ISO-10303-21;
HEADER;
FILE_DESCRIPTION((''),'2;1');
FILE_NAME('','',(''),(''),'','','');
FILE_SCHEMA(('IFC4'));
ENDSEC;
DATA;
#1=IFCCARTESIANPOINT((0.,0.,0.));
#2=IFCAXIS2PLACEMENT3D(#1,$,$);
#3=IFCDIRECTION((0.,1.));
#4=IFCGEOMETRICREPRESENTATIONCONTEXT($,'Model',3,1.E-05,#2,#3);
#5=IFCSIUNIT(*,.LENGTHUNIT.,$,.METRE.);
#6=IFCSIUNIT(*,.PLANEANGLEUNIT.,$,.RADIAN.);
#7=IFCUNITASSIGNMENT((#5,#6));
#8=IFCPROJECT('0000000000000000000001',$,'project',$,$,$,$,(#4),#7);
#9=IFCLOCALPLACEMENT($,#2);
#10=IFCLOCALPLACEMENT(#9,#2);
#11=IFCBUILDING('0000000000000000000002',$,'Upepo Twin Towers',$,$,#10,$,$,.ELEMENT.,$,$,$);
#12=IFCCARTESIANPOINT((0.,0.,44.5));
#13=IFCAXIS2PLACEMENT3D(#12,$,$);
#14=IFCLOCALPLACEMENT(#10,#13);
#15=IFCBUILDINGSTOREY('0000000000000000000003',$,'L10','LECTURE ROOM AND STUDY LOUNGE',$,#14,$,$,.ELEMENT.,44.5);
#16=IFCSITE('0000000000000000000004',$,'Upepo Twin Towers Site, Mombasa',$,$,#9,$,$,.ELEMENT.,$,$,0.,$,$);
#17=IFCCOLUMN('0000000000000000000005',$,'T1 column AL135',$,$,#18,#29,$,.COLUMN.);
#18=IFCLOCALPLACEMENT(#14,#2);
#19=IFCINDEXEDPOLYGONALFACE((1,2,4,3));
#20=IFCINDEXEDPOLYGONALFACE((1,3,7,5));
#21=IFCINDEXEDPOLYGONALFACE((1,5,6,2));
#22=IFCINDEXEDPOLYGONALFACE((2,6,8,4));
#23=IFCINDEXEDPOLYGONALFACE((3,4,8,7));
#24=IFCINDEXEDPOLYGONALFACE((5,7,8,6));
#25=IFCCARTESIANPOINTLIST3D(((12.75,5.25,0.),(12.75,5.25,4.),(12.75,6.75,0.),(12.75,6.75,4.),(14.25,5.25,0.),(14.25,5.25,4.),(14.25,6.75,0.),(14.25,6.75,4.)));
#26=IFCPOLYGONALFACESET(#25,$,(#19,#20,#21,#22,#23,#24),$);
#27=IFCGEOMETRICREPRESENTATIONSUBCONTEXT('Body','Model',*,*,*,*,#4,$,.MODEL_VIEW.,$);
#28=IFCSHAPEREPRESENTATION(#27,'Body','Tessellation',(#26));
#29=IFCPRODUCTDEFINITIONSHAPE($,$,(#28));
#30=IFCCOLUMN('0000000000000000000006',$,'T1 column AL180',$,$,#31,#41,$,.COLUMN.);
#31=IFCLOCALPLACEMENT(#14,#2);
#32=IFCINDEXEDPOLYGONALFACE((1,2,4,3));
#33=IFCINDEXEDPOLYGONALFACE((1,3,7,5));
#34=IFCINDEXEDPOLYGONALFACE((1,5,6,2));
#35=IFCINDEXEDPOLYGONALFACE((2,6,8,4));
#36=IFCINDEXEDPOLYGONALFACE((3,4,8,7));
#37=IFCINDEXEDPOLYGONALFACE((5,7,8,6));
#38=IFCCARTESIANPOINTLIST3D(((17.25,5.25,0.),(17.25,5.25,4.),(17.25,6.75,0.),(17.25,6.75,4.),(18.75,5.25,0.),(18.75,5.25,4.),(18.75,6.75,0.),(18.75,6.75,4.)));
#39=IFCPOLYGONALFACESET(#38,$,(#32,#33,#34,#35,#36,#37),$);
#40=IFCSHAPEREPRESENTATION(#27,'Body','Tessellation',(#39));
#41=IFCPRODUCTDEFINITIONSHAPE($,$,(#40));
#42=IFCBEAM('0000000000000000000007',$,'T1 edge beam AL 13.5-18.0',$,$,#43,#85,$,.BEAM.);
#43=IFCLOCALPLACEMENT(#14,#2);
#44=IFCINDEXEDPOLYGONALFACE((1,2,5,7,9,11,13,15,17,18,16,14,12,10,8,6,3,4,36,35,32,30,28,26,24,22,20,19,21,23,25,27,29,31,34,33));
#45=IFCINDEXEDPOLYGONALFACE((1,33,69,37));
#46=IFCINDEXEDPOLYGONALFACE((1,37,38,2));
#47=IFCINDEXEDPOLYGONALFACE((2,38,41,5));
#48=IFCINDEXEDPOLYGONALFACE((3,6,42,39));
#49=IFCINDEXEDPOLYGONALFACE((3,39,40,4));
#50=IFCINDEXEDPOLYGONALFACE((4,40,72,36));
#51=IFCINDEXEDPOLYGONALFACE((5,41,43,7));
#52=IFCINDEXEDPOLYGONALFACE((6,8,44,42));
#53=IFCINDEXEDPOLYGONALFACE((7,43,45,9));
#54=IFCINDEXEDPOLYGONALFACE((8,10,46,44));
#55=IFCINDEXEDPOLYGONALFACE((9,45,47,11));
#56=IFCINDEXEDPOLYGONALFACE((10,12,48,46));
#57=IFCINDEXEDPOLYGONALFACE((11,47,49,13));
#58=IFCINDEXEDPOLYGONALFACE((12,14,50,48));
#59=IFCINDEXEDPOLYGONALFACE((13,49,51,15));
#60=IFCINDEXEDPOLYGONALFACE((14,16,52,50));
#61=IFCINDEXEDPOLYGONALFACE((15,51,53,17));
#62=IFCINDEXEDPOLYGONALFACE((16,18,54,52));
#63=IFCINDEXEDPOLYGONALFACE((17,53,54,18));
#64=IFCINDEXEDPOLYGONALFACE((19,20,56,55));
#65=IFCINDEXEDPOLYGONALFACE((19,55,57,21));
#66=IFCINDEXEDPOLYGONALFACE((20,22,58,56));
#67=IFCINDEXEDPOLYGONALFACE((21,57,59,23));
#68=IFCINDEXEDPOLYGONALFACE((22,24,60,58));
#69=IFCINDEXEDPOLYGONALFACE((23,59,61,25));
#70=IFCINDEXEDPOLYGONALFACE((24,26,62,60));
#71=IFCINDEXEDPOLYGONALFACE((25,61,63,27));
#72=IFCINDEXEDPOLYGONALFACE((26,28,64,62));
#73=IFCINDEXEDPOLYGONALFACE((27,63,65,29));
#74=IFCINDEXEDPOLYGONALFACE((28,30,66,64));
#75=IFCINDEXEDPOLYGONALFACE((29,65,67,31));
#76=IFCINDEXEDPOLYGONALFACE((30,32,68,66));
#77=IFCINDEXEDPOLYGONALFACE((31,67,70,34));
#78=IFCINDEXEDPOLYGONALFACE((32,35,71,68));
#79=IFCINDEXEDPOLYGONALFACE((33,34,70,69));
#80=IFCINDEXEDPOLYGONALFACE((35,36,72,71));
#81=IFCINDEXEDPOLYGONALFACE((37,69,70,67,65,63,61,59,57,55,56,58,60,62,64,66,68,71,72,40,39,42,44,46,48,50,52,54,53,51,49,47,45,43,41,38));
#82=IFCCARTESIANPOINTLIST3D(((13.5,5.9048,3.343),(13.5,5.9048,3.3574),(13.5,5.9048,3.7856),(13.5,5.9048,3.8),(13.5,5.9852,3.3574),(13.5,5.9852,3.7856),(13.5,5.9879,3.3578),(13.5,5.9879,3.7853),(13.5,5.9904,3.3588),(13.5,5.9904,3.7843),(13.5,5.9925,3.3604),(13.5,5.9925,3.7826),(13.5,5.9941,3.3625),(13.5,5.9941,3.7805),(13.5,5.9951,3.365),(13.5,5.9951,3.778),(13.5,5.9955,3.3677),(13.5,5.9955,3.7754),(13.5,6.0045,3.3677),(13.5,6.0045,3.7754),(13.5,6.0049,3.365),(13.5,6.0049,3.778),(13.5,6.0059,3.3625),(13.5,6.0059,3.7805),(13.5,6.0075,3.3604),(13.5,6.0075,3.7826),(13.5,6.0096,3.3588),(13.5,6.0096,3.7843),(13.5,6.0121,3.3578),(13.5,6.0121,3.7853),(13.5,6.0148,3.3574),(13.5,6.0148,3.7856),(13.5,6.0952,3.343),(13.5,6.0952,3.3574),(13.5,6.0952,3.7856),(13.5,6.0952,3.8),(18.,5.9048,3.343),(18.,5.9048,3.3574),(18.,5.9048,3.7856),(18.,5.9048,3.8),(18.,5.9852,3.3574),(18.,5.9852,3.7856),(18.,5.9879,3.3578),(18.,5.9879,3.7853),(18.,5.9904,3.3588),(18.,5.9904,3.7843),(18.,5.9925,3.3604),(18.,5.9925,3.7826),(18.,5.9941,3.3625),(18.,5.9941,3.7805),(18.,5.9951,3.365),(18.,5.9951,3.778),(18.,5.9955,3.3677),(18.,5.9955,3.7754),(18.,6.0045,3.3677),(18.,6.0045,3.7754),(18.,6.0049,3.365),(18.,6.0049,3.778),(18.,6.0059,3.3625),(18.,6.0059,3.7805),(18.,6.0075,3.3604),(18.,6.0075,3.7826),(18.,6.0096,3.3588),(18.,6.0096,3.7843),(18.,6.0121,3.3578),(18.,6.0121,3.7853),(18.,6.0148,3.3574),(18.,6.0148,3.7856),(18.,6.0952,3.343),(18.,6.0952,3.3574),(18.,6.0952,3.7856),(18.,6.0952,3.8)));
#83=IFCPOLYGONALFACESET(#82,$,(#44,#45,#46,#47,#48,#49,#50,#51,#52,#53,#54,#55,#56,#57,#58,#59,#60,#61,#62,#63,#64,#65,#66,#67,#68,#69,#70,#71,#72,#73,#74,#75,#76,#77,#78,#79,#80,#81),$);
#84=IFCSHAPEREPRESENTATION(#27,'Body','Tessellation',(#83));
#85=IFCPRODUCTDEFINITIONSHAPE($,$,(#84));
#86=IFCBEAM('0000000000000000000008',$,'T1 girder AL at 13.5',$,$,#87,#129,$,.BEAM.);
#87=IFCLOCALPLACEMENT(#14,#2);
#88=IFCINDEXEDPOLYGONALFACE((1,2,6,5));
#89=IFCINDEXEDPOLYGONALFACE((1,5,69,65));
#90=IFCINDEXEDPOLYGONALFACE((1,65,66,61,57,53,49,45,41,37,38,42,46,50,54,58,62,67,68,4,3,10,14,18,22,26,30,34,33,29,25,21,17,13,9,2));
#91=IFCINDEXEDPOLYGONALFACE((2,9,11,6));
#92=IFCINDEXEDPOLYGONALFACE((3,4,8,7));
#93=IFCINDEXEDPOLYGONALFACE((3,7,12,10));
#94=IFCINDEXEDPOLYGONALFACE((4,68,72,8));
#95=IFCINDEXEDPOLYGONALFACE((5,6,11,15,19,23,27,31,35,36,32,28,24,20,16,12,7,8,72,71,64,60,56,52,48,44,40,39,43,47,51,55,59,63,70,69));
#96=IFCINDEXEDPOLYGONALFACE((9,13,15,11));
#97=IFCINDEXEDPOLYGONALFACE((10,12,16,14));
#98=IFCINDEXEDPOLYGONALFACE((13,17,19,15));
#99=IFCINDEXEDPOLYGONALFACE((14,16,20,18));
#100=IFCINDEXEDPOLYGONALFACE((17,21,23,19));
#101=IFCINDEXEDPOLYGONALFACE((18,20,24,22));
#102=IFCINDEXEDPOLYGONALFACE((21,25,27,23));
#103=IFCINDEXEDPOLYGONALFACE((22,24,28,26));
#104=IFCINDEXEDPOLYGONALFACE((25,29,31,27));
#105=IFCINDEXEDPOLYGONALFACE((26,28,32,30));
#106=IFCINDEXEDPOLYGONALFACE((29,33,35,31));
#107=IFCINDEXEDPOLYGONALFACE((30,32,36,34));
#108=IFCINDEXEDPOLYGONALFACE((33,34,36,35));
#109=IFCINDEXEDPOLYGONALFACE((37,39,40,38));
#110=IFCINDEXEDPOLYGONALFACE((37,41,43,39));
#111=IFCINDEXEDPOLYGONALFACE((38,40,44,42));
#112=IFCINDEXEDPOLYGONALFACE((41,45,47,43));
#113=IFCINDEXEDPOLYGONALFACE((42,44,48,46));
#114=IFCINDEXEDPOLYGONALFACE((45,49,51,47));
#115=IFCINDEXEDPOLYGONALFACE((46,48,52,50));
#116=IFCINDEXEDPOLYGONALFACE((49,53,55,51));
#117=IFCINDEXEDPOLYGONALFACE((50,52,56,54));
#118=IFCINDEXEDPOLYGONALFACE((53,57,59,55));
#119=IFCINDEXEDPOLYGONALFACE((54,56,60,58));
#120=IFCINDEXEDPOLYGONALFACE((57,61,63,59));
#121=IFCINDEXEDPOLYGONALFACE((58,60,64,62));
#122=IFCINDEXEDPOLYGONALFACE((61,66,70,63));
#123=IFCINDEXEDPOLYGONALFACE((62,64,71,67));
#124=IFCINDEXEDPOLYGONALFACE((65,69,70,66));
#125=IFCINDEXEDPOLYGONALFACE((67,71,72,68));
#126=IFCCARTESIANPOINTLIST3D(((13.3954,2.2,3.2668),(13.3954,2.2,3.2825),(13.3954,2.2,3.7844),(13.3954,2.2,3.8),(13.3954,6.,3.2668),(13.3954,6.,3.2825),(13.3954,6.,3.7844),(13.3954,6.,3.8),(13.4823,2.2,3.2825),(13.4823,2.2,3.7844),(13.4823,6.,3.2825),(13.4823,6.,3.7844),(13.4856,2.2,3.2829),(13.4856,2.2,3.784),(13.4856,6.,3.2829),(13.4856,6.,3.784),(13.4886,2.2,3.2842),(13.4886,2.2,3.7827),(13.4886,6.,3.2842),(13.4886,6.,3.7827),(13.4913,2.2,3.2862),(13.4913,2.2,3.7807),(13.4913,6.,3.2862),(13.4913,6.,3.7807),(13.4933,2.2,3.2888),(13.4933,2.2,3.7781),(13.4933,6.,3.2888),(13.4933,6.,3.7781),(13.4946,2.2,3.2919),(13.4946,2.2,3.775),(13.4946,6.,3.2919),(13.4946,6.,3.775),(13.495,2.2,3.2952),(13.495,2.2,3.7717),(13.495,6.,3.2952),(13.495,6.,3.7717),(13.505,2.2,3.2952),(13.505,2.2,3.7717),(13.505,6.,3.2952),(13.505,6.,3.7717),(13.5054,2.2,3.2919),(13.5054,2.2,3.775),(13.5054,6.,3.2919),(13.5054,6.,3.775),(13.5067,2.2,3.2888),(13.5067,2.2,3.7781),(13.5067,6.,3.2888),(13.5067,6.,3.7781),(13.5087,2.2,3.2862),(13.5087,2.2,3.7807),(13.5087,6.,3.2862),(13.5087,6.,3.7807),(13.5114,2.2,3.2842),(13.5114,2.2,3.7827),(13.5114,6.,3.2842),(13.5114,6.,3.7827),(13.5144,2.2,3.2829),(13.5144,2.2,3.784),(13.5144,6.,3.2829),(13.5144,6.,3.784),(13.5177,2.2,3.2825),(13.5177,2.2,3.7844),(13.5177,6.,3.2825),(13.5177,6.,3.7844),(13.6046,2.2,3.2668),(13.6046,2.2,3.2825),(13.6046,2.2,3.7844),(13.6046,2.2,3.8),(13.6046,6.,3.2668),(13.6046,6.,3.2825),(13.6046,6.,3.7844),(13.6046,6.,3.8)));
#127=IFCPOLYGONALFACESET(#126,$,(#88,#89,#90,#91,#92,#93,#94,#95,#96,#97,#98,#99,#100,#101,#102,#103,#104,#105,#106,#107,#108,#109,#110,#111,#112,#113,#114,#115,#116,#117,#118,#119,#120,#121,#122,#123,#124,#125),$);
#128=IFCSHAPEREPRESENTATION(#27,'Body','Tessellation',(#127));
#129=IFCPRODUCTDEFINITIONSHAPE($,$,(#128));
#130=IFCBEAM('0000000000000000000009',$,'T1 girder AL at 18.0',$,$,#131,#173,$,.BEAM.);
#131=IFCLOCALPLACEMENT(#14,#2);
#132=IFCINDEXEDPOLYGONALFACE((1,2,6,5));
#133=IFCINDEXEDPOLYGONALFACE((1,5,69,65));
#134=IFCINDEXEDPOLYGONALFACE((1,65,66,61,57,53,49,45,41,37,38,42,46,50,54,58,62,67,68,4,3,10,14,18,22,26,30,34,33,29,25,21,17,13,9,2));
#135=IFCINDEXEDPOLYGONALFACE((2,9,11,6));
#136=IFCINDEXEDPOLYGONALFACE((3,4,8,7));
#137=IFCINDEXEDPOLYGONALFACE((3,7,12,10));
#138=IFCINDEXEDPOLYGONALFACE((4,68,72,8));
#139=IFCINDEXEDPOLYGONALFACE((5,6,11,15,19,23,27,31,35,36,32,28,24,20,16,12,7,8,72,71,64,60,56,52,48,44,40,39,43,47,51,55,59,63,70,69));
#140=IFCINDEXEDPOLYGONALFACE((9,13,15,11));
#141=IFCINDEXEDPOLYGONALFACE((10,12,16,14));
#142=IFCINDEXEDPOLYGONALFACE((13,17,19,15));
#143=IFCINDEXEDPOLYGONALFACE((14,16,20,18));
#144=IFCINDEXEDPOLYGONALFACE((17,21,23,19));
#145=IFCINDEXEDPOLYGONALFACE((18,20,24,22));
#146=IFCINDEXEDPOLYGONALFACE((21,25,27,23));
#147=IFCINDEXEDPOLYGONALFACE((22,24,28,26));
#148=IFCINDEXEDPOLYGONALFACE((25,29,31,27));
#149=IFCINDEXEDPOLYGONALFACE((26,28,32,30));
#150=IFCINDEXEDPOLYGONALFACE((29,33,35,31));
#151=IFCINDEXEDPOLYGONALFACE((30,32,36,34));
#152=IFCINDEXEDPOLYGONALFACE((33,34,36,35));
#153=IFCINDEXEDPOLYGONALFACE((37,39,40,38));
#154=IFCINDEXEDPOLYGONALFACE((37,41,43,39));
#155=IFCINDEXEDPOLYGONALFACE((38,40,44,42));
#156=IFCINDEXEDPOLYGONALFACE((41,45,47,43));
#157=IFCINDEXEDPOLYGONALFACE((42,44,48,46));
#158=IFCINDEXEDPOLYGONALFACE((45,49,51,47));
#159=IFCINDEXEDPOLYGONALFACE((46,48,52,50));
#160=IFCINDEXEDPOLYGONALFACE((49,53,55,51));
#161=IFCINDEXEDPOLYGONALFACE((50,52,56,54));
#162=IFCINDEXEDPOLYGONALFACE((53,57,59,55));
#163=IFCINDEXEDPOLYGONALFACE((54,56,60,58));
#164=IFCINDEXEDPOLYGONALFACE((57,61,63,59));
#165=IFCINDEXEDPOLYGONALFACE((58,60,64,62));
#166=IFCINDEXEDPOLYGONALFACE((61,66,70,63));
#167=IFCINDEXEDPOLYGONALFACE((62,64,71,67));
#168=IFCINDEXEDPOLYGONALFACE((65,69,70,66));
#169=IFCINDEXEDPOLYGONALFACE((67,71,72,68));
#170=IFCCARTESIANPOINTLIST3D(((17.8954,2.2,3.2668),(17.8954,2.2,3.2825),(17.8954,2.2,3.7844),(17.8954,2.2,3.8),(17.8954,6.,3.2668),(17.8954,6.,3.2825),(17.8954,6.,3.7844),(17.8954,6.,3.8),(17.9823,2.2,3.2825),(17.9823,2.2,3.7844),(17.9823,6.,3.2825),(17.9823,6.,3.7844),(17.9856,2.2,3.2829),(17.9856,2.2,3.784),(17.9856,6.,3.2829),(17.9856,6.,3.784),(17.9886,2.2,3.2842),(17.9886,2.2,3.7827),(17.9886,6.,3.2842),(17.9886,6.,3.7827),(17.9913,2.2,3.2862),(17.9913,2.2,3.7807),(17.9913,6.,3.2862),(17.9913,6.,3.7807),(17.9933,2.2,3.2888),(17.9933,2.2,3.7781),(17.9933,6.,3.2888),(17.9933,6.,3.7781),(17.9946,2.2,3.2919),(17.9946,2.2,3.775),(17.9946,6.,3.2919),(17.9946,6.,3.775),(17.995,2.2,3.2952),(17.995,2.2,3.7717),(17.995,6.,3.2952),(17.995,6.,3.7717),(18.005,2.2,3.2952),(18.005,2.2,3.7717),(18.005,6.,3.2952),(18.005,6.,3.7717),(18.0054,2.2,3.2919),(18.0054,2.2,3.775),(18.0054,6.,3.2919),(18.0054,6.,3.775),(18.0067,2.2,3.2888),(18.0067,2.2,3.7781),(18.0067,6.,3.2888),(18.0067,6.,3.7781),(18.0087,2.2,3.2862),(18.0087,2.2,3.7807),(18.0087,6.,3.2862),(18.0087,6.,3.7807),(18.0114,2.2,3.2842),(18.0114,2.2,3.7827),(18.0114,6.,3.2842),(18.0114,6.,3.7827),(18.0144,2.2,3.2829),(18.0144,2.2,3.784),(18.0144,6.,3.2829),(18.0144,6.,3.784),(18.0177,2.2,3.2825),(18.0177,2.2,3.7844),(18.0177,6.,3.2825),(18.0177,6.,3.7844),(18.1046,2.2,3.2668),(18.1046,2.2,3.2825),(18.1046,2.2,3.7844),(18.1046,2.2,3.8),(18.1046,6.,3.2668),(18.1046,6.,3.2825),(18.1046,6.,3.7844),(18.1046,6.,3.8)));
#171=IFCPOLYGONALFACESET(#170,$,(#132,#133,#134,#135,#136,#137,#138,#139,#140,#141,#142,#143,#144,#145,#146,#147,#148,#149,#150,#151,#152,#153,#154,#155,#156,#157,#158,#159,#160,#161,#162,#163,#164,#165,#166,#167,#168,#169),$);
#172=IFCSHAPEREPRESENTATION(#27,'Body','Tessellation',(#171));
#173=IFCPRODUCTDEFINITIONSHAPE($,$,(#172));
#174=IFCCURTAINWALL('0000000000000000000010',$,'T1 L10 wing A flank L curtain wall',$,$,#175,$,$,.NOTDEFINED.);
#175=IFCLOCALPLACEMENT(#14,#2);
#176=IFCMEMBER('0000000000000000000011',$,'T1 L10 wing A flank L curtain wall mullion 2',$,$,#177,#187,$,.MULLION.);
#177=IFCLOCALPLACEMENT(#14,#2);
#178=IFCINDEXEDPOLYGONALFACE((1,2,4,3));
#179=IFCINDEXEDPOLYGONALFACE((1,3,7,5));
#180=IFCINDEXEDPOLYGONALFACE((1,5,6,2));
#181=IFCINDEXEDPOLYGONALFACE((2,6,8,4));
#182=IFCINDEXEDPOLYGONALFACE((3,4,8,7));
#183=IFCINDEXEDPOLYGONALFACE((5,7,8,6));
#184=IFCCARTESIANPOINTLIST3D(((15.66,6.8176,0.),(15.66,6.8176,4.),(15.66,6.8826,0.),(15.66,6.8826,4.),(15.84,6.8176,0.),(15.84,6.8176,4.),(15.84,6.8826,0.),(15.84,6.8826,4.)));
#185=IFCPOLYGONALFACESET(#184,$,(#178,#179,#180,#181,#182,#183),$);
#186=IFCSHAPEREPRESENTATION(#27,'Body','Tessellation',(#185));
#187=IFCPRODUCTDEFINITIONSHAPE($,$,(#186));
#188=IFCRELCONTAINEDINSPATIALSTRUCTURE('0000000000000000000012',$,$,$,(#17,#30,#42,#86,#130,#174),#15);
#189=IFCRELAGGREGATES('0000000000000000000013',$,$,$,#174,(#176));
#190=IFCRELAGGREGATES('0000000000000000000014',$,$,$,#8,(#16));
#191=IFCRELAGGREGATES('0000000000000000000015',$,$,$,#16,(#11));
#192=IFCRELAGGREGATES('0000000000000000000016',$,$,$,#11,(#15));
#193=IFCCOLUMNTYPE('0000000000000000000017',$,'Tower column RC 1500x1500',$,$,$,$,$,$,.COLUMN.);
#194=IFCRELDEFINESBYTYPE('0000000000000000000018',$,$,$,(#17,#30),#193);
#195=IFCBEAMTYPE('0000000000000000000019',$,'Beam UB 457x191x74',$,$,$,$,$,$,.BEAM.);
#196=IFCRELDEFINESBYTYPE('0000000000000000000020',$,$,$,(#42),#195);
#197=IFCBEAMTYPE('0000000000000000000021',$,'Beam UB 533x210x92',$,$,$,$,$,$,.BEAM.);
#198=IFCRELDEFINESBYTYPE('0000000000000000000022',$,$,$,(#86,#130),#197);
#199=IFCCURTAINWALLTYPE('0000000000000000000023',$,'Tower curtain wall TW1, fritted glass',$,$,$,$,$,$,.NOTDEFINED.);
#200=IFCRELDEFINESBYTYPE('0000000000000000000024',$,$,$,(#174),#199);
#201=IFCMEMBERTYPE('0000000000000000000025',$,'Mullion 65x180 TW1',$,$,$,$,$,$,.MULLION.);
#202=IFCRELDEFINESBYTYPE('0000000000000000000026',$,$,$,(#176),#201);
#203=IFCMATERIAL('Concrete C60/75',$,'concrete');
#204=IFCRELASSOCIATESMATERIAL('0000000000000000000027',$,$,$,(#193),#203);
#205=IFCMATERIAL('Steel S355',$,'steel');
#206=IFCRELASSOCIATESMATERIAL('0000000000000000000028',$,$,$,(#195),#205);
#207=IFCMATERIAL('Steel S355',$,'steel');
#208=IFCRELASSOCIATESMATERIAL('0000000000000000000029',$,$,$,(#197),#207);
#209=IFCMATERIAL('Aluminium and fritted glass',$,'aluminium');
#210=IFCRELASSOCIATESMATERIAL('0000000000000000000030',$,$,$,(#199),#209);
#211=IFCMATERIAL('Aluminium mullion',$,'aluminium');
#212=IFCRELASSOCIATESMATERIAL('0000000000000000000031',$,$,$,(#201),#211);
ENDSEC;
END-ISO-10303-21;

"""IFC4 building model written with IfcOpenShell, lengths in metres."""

from ifc_helpers import new_model, si_unit, direction, frame, origin, origin_2d, place, context, subcontext, project, spatial, rectangle, i_section, extrude, material, material_profile, profile_set, type_object, element, aggregate, save


model = new_model("IFC4")

# Units and contexts
model_context = context("Model", 3, precision=1e-05, world=origin(), true_north=direction((0.0, 1.0)))
body_context = subcontext(model_context, "Body", "Model", "MODEL_VIEW")
ifc_project = project(units=[si_unit("LENGTHUNIT", "METRE"), si_unit("PLANEANGLEUNIT", "RADIAN")], contexts=[model_context])

# Site, building, storey
site_placement = place(None, origin())
site = spatial("IfcSite", under=ifc_project, at=site_placement, Name="Upepo Twin Towers Site, Mombasa", CompositionType="ELEMENT", RefElevation=0.0)
building_placement = place(site_placement, origin())
building = spatial("IfcBuilding", under=site, at=building_placement, Name="Upepo Twin Towers", CompositionType="ELEMENT")
storey_placement = place(building_placement, frame((0.0, 0.0, 44.5)))
storey = spatial("IfcBuildingStorey", under=building, at=storey_placement, Name="L10", Description="LECTURE ROOM AND STUDY LOUNGE", CompositionType="ELEMENT", Elevation=44.5)

# Columns
ifc_material_1 = material(Name="Concrete C60/75", Category="concrete")
ifc_material_profile_1 = material_profile(ifc_material_1, rectangle(XDim=1.5, YDim=1.5, at=origin_2d()), Name="RC 1500x1500")
ifc_profile_set_1 = profile_set([ifc_material_profile_1], Name="Concrete C60/75")
column_type = type_object("IfcColumnType", Name="Tower column RC 1500x1500", PredefinedType="COLUMN", material=ifc_profile_set_1)
for number, where, z_axis, x_axis, name in (
    (1, (13.5, 6.0, 0.0), (0.0, 0.0, 1.0), (1.0, 0.0, 0.0), "T1 column AL135"),
    (2, (18.0, 6.0, 0.0), (0.0, 0.0, 1.0), (1.0, 0.0, 0.0), "T1 column AL180"),
):
    element("IfcColumn", number, at=place(storey_placement, frame(where, z_axis=z_axis, x_axis=x_axis)), inside=storey, type_object=column_type, Name=name, PredefinedType="COLUMN", context=body_context, shape_type="SweptSolid", body=[
        extrude(rectangle(XDim=1.5, YDim=1.5, at=origin_2d()), origin(), (0.0, 0.0, 1.0), 4.0),
    ])

# Beams
ifc_material_2 = material(Name="Steel S355", Category="steel")
ifc_material_profile_2 = material_profile(ifc_material_2, i_section(OverallWidth=0.1904, OverallDepth=0.457, WebThickness=0.009, FlangeThickness=0.0144, FilletRadius=0.0103, at=origin_2d()), Name="UB 457x191x74")
ifc_profile_set_2 = profile_set([ifc_material_profile_2], Name="Steel S355")
beam_type_1 = type_object("IfcBeamType", Name="Beam UB 457x191x74", PredefinedType="BEAM", material=ifc_profile_set_2)
beam_placement = place(storey_placement, frame((13.5, 6.0, 3.5715), z_axis=(1.0, 0.0, 0.0), x_axis=(0.0, 1.0, 0.0)))
element("IfcBeam", 3, at=beam_placement, inside=storey, type_object=beam_type_1, Name="T1 edge beam AL 13.5-18.0", PredefinedType="BEAM", context=body_context, shape_type="SweptSolid", body=[
    extrude(i_section(OverallWidth=0.1904, OverallDepth=0.457, WebThickness=0.009, FlangeThickness=0.0144, FilletRadius=0.0103, at=origin_2d()), origin(), (0.0, 0.0, 1.0), 4.5),
])
ifc_material_3 = material(Name="Steel S355", Category="steel")
ifc_material_profile_3 = material_profile(ifc_material_3, i_section(OverallWidth=0.2092, OverallDepth=0.5332, WebThickness=0.01, FlangeThickness=0.0156, FilletRadius=0.0127, at=origin_2d()), Name="UB 533x210x92")
ifc_profile_set_3 = profile_set([ifc_material_profile_3], Name="Steel S355")
beam_type_2 = type_object("IfcBeamType", Name="Beam UB 533x210x92", PredefinedType="BEAM", material=ifc_profile_set_3)
for number, where, z_axis, x_axis, name in (
    (4, (13.5, 6.0, 3.5334), (0.0, -1.0, 0.0), (1.0, 0.0, 0.0), "T1 girder AL at 13.5"),
    (5, (18.0, 6.0, 3.5334), (0.0, -1.0, 0.0), (1.0, 0.0, 0.0), "T1 girder AL at 18.0"),
):
    element("IfcBeam", number, at=place(storey_placement, frame(where, z_axis=z_axis, x_axis=x_axis)), inside=storey, type_object=beam_type_2, Name=name, PredefinedType="BEAM", context=body_context, shape_type="SweptSolid", body=[
        extrude(i_section(OverallWidth=0.2092, OverallDepth=0.5332, WebThickness=0.01, FlangeThickness=0.0156, FilletRadius=0.0127, at=origin_2d()), origin(), (0.0, 0.0, 1.0), 3.8),
    ])

# Curtain wall, member
ifc_material_4 = material(Name="Aluminium and fritted glass", Category="aluminium")
curtain_wall_type = type_object("IfcCurtainWallType", Name="Tower curtain wall TW1, fritted glass", PredefinedType="NOTDEFINED", material=ifc_material_4)
curtain_wall_placement = place(storey_placement, origin())
curtain_wall = element("IfcCurtainWall", 6, at=curtain_wall_placement, inside=storey, type_object=curtain_wall_type, Name="T1 L10 wing A flank L curtain wall", PredefinedType="NOTDEFINED")
ifc_material_5 = material(Name="Aluminium mullion", Category="aluminium")
ifc_material_profile_4 = material_profile(ifc_material_5, rectangle(XDim=0.0649, YDim=0.1799, at=origin_2d()), Name="MULLION 65x180")
ifc_profile_set_4 = profile_set([ifc_material_profile_4], Name="Aluminium mullion")
member_type_1 = type_object("IfcMemberType", Name="Mullion 65x180 TW1", PredefinedType="MULLION", material=ifc_profile_set_4)
member_1_placement = place(storey_placement, frame((15.75, 6.8501, 0.0), z_axis=(0.0, 0.0, 1.0), x_axis=(0.0, 1.0, 0.0)))
member_1 = element("IfcMember", 7, at=member_1_placement, type_object=member_type_1, Name="T1 L10 wing A flank L curtain wall mullion 2", PredefinedType="MULLION", context=body_context, shape_type="SweptSolid", body=[
    extrude(rectangle(XDim=0.0649, YDim=0.1799, at=origin_2d()), origin(), (0.0, 0.0, 1.0), 4.0),
])
aggregate(curtain_wall, [member_1])

save(model, "model.ifc")
